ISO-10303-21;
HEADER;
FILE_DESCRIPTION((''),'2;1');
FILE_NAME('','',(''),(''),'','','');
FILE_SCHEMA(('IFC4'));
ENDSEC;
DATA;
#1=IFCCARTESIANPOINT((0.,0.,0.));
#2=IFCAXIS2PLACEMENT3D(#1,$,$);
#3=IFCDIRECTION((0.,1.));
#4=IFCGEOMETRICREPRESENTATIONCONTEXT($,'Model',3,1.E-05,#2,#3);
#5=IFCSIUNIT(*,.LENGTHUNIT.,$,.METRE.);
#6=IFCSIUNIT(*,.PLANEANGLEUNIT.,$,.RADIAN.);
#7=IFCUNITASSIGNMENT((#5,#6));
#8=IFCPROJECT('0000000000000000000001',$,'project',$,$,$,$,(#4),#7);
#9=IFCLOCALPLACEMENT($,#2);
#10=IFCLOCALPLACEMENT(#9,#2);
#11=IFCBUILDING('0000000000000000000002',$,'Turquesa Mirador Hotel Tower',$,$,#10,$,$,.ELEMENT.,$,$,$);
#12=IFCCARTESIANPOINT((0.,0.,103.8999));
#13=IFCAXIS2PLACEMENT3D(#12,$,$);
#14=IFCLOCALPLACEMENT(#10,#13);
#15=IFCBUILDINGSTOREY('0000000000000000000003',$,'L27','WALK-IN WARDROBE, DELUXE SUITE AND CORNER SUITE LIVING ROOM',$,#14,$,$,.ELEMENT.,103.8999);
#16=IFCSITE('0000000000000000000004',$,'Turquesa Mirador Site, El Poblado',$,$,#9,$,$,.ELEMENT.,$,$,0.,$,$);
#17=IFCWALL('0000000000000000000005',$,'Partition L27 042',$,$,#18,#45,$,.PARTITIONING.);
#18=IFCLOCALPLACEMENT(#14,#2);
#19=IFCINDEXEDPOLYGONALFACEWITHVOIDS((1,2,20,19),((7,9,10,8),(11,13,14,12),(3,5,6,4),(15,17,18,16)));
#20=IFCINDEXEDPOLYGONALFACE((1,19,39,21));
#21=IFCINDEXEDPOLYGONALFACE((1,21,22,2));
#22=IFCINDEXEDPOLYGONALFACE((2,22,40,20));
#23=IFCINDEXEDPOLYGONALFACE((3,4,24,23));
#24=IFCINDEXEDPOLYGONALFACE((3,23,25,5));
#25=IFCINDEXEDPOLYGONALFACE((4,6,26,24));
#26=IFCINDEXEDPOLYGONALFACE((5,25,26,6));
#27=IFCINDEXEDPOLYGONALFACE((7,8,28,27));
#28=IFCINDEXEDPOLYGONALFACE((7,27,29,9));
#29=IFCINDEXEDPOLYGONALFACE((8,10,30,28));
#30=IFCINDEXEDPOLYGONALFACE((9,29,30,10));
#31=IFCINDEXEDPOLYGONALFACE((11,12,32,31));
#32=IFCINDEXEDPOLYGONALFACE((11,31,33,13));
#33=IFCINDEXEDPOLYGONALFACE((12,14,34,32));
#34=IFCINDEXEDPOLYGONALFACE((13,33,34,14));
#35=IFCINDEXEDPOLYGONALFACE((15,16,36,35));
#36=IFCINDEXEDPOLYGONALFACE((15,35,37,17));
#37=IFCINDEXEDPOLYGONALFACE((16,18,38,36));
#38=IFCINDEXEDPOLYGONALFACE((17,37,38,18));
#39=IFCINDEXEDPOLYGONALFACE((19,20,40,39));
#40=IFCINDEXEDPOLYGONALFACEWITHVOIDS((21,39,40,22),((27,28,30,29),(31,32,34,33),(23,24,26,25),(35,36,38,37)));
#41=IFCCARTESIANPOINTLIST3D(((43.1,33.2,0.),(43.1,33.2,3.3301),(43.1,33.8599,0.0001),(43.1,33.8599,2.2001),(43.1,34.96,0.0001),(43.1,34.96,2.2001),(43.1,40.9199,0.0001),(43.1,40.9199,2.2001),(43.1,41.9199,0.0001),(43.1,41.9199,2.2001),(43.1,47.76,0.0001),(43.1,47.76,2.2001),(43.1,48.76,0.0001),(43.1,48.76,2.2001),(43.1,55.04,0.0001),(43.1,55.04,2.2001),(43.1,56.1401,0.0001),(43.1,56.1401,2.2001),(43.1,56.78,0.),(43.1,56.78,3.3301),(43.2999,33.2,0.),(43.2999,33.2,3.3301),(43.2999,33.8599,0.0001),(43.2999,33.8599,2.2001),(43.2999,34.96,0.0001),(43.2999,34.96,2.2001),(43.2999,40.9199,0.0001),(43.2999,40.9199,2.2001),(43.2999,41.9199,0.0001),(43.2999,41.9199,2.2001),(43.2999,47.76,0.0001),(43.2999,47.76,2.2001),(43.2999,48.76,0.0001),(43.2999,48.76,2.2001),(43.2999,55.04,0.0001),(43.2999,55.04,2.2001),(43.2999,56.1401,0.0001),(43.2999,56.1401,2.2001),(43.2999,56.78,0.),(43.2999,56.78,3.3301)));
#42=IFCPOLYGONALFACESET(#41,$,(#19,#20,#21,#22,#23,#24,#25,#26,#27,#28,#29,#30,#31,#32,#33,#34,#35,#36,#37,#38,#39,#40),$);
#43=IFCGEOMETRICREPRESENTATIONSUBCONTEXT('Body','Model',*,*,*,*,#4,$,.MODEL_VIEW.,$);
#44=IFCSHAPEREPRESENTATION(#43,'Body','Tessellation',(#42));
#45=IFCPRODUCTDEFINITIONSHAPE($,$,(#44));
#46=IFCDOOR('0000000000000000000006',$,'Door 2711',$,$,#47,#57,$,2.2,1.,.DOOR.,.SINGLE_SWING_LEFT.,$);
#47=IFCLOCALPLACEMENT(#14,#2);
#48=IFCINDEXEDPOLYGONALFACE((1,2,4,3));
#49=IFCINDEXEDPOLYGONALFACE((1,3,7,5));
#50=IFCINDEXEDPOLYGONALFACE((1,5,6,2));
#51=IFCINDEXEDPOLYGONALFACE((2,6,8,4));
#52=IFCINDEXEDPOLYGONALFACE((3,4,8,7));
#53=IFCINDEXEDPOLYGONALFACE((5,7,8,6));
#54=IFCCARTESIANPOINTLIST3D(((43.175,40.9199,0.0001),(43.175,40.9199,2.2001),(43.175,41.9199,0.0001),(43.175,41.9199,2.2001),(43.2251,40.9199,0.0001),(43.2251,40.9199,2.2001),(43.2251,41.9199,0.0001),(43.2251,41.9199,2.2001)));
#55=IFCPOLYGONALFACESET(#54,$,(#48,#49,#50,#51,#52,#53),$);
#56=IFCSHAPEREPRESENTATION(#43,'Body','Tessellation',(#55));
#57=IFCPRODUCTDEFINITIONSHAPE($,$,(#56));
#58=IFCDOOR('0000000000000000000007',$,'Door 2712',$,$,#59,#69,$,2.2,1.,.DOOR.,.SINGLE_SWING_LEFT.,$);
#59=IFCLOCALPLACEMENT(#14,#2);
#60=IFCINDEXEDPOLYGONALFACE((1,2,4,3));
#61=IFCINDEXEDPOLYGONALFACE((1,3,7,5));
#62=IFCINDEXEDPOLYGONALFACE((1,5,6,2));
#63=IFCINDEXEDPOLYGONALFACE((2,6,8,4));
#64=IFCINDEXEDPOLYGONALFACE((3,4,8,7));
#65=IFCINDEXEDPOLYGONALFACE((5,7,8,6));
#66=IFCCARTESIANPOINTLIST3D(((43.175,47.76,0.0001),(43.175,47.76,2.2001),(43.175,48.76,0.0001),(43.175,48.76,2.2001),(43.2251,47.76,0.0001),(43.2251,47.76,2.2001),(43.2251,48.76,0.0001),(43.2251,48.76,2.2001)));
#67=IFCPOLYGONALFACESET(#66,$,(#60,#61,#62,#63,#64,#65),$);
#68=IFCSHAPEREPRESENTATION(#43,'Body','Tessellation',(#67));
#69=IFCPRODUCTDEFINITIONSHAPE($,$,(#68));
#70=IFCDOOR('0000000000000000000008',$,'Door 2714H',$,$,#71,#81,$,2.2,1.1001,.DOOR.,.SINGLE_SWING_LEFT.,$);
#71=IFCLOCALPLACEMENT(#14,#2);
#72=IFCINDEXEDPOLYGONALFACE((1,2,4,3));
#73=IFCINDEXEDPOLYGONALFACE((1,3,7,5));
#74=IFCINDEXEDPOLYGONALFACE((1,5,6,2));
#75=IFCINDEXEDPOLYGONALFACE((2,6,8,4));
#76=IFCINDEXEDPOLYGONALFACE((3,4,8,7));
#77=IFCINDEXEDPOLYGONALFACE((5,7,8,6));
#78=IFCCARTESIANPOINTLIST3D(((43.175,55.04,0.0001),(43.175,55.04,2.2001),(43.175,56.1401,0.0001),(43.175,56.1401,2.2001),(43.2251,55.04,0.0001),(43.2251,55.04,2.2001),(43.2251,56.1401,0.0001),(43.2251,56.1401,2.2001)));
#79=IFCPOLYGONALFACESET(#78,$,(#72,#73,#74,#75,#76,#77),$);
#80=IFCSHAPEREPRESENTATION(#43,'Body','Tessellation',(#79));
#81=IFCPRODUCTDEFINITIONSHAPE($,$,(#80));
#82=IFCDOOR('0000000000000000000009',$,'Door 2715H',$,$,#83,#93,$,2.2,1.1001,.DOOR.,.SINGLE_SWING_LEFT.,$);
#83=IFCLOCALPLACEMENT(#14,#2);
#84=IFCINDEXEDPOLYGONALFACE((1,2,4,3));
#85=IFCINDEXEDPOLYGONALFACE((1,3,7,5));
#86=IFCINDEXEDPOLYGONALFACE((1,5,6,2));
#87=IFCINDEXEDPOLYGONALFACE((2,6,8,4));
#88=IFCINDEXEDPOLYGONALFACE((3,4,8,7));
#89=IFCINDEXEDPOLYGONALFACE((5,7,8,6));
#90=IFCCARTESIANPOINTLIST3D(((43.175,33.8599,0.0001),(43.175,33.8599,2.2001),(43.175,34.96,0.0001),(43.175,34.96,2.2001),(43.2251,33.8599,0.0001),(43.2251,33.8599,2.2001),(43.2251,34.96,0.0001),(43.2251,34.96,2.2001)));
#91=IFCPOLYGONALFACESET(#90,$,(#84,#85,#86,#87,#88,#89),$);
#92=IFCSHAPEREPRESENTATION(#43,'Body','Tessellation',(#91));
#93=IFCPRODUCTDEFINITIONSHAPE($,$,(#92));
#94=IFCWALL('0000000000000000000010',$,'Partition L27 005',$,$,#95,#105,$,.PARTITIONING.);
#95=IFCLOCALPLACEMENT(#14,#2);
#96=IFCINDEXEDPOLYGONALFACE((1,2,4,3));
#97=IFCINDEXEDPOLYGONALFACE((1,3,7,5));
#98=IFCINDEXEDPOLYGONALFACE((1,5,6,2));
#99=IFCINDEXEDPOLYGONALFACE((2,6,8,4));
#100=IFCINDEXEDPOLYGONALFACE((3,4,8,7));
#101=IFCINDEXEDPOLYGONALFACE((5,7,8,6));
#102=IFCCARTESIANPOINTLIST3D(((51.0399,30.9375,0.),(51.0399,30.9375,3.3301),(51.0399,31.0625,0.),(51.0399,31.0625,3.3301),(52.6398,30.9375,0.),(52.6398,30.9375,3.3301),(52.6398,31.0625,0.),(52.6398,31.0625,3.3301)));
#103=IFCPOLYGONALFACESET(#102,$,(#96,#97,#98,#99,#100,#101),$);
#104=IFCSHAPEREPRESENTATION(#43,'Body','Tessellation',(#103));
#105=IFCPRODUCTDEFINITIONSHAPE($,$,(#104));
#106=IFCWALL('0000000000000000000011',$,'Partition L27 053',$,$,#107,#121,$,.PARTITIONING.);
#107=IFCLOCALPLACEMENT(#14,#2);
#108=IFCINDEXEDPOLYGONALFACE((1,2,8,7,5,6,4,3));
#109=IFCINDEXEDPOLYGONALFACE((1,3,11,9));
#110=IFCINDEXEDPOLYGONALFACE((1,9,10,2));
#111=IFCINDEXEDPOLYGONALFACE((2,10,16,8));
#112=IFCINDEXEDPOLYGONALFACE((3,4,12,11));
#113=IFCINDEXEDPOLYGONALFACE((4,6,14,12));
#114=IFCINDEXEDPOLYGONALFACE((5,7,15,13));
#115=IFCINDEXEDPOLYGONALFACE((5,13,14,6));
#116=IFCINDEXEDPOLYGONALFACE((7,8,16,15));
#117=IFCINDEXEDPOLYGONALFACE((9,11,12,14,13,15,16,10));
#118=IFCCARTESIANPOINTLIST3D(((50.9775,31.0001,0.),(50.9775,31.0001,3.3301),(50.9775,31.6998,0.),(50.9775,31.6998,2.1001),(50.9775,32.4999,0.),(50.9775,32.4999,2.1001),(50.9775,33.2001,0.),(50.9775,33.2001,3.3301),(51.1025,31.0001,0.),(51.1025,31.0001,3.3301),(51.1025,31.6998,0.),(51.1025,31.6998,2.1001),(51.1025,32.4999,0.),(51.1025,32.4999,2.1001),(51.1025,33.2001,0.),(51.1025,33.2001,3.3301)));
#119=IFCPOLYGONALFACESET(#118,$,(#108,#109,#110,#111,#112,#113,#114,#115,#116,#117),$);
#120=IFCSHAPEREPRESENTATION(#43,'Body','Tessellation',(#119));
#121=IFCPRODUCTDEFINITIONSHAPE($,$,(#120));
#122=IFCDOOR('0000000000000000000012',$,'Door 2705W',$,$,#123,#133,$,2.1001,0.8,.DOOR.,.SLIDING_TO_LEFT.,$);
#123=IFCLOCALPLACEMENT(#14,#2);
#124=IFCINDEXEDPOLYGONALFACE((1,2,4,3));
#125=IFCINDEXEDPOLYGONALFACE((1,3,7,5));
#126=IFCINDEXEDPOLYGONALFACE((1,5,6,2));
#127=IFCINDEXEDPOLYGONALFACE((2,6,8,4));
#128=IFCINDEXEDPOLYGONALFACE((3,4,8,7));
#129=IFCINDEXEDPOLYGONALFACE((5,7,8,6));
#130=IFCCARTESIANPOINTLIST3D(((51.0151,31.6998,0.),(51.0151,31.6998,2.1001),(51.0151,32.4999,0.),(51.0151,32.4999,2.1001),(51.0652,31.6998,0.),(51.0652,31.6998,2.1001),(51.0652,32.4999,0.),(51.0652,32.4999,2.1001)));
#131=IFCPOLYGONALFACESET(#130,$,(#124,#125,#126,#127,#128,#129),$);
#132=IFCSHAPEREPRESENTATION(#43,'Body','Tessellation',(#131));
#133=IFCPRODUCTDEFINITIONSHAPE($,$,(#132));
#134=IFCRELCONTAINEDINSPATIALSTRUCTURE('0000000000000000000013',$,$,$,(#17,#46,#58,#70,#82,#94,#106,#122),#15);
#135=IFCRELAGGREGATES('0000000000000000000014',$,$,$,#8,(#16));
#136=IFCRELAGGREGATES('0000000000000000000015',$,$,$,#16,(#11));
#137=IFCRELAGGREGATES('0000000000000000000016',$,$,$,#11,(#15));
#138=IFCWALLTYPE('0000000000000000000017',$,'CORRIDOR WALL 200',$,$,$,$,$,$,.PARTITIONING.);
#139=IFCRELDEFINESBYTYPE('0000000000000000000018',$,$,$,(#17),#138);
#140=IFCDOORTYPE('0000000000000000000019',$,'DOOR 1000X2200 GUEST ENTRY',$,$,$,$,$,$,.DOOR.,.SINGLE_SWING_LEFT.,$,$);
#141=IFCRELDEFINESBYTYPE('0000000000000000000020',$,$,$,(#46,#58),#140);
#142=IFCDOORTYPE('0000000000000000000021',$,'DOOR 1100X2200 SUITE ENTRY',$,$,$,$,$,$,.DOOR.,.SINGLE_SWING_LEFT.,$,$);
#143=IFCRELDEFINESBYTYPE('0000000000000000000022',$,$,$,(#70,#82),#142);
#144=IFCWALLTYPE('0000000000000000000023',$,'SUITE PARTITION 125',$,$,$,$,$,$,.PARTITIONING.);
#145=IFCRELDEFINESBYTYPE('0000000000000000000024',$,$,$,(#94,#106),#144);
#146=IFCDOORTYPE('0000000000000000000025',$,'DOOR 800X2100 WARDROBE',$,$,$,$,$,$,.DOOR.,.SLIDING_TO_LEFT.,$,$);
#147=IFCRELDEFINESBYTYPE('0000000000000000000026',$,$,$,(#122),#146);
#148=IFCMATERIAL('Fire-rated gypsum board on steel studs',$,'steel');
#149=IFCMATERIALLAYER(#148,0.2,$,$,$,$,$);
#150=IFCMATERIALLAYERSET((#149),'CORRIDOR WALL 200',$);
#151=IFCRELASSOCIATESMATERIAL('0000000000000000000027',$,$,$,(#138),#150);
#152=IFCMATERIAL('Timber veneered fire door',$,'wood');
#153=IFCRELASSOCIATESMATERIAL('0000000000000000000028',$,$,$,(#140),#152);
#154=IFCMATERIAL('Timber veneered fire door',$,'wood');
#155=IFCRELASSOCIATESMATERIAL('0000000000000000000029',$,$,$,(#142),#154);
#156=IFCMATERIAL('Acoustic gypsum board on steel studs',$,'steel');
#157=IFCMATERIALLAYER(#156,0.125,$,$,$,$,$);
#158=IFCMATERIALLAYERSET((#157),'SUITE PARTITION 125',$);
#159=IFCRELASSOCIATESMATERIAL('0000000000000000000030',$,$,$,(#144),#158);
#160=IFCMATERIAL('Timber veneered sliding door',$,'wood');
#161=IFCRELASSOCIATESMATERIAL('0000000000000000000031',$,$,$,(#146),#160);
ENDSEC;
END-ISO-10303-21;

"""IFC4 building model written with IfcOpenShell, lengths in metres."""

from ifc_helpers import new_model, si_unit, direction, frame, frame_2d, origin, place, context, subcontext, project, spatial, rectangle, extrude, material, layer, layer_set, type_object, element, fill, save


model = new_model("IFC4")

# Units and contexts
model_context = context("Model", 3, precision=1e-05, world=origin(), true_north=direction((0.0, 1.0)))
body_context = subcontext(model_context, "Body", "Model", "MODEL_VIEW")
ifc_project = project(units=[si_unit("LENGTHUNIT", "METRE"), si_unit("PLANEANGLEUNIT", "RADIAN")], contexts=[model_context])

# Site, building, storey
site_placement = place(None, origin())
site = spatial("IfcSite", under=ifc_project, at=site_placement, Name="Turquesa Mirador Site, El Poblado", CompositionType="ELEMENT", RefElevation=0.0)
building_placement = place(site_placement, origin())
building = spatial("IfcBuilding", under=site, at=building_placement, Name="Turquesa Mirador Hotel Tower", CompositionType="ELEMENT")
storey_placement = place(building_placement, frame((0.0, 0.0, 103.8999)))
storey = spatial("IfcBuildingStorey", under=building, at=storey_placement, Name="L27", Description="WALK-IN WARDROBE, DELUXE SUITE AND CORNER SUITE LIVING ROOM", CompositionType="ELEMENT", Elevation=103.8999)

# Wall, openings, doors
ifc_material_1 = material(Name="Fire-rated gypsum board on steel studs", Category="steel")
ifc_layer_1 = layer(ifc_material_1, 0.2)
ifc_layer_set_1 = layer_set([ifc_layer_1], Name="CORRIDOR WALL 200")
wall_type_1 = type_object("IfcWallType", Name="CORRIDOR WALL 200", PredefinedType="PARTITIONING", material=ifc_layer_set_1)
ifc_material_2 = material(Name="Timber veneered fire door", Category="wood")
door_type_1 = type_object("IfcDoorType", Name="DOOR 1000X2200 GUEST ENTRY", OperationType="SINGLE_SWING_LEFT", PredefinedType="DOOR", material=ifc_material_2)
wall_1_placement = place(storey_placement, frame((43.2, 33.2, 0.0), z_axis=(0.0, 0.0, 1.0), x_axis=(0.0, 1.0, 0.0)))
wall_1 = element("IfcWall", 1, at=wall_1_placement, inside=storey, type_object=wall_type_1, Name="Partition L27 042", PredefinedType="PARTITIONING", context=body_context, shape_type="SweptSolid", body=[
    extrude(rectangle(XDim=23.5801, YDim=0.2, at=frame_2d((11.79, 0.0))), origin(), (0.0, 0.0, 1.0), 3.3301),
])
opening_1_placement = place(wall_1_placement, frame((7.72, 0.0, 0.0)))
opening_1 = element("IfcOpeningElement", 2, at=opening_1_placement, cuts=wall_1, PredefinedType="OPENING", context=body_context, shape_type="SweptSolid", body=[
    extrude(rectangle(XDim=1.0, YDim=2.2, at=frame_2d((0.5, 1.1001))), frame((0.0, 0.1099, 0.0), z_axis=(0.0, -1.0, 0.0), x_axis=(1.0, 0.0, 0.0)), (0.0, 0.0, 1.0), 0.22),
])
opening_2_placement = place(wall_1_placement, frame((14.5601, 0.0, 0.0)))
opening_2 = element("IfcOpeningElement", 3, at=opening_2_placement, cuts=wall_1, PredefinedType="OPENING", context=body_context, shape_type="SweptSolid", body=[
    extrude(rectangle(XDim=1.0, YDim=2.2, at=frame_2d((0.5, 1.1001))), frame((0.0, 0.1099, 0.0), z_axis=(0.0, -1.0, 0.0), x_axis=(1.0, 0.0, 0.0)), (0.0, 0.0, 1.0), 0.22),
])
opening_3_placement = place(wall_1_placement, frame((21.8401, 0.0, 0.0)))
opening_3 = element("IfcOpeningElement", 4, at=opening_3_placement, cuts=wall_1, PredefinedType="OPENING", context=body_context, shape_type="SweptSolid", body=[
    extrude(rectangle(XDim=1.1001, YDim=2.2, at=frame_2d((0.55, 1.1001))), frame((0.0, 0.1099, 0.0), z_axis=(0.0, -1.0, 0.0), x_axis=(1.0, 0.0, 0.0)), (0.0, 0.0, 1.0), 0.22),
])
opening_4_placement = place(wall_1_placement, frame((0.6599, 0.0, 0.0)))
opening_4 = element("IfcOpeningElement", 5, at=opening_4_placement, cuts=wall_1, PredefinedType="OPENING", context=body_context, shape_type="SweptSolid", body=[
    extrude(rectangle(XDim=1.1001, YDim=2.2, at=frame_2d((0.55, 1.1001))), frame((0.0, 0.1099, 0.0), z_axis=(0.0, -1.0, 0.0), x_axis=(1.0, 0.0, 0.0)), (0.0, 0.0, 1.0), 0.22),
])
door_1_placement = place(opening_1_placement, origin())
door_1 = element("IfcDoor", 6, at=door_1_placement, inside=storey, type_object=door_type_1, Name="Door 2711", OperationType="SINGLE_SWING_LEFT", OverallHeight=2.2, OverallWidth=1.0, PredefinedType="DOOR", context=body_context, shape_type="SweptSolid", body=[
    extrude(rectangle(XDim=1.0, YDim=2.2, at=frame_2d((0.5, 1.1001))), frame((0.0, 0.0249, 0.0), z_axis=(0.0, -1.0, 0.0), x_axis=(1.0, 0.0, 0.0)), (0.0, 0.0, 1.0), 0.05),
])
fill(opening_1, door_1)
door_2_placement = place(opening_2_placement, origin())
door_2 = element("IfcDoor", 7, at=door_2_placement, inside=storey, type_object=door_type_1, Name="Door 2712", OperationType="SINGLE_SWING_LEFT", OverallHeight=2.2, OverallWidth=1.0, PredefinedType="DOOR", context=body_context, shape_type="SweptSolid", body=[
    extrude(rectangle(XDim=1.0, YDim=2.2, at=frame_2d((0.5, 1.1001))), frame((0.0, 0.0249, 0.0), z_axis=(0.0, -1.0, 0.0), x_axis=(1.0, 0.0, 0.0)), (0.0, 0.0, 1.0), 0.05),
])
fill(opening_2, door_2)
ifc_material_3 = material(Name="Timber veneered fire door", Category="wood")
door_type_2 = type_object("IfcDoorType", Name="DOOR 1100X2200 SUITE ENTRY", OperationType="SINGLE_SWING_LEFT", PredefinedType="DOOR", material=ifc_material_3)
door_3_placement = place(opening_3_placement, origin())
door_3 = element("IfcDoor", 8, at=door_3_placement, inside=storey, type_object=door_type_2, Name="Door 2714H", OperationType="SINGLE_SWING_LEFT", OverallHeight=2.2, OverallWidth=1.1001, PredefinedType="DOOR", context=body_context, shape_type="SweptSolid", body=[
    extrude(rectangle(XDim=1.1001, YDim=2.2, at=frame_2d((0.55, 1.1001))), frame((0.0, 0.0249, 0.0), z_axis=(0.0, -1.0, 0.0), x_axis=(1.0, 0.0, 0.0)), (0.0, 0.0, 1.0), 0.05),
])
fill(opening_3, door_3)
door_4_placement = place(opening_4_placement, origin())
door_4 = element("IfcDoor", 9, at=door_4_placement, inside=storey, type_object=door_type_2, Name="Door 2715H", OperationType="SINGLE_SWING_LEFT", OverallHeight=2.2, OverallWidth=1.1001, PredefinedType="DOOR", context=body_context, shape_type="SweptSolid", body=[
    extrude(rectangle(XDim=1.1001, YDim=2.2, at=frame_2d((0.55, 1.1001))), frame((0.0, 0.0249, 0.0), z_axis=(0.0, -1.0, 0.0), x_axis=(1.0, 0.0, 0.0)), (0.0, 0.0, 1.0), 0.05),
])
fill(opening_4, door_4)

# Wall
ifc_material_4 = material(Name="Acoustic gypsum board on steel studs", Category="steel")
ifc_layer_2 = layer(ifc_material_4, 0.125)
ifc_layer_set_2 = layer_set([ifc_layer_2], Name="SUITE PARTITION 125")
wall_type_2 = type_object("IfcWallType", Name="SUITE PARTITION 125", PredefinedType="PARTITIONING", material=ifc_layer_set_2)
wall_2_placement = place(storey_placement, frame((51.04, 31.0, 0.0), z_axis=(0.0, 0.0, 1.0), x_axis=(1.0, 0.0, 0.0)))
element("IfcWall", 10, at=wall_2_placement, inside=storey, type_object=wall_type_2, Name="Partition L27 005", PredefinedType="PARTITIONING", context=body_context, shape_type="SweptSolid", body=[
    extrude(rectangle(XDim=1.5999, YDim=0.125, at=frame_2d((0.7998, 0.0))), origin(), (0.0, 0.0, 1.0), 3.3301),
])

# Wall, opening, door
wall_3_placement = place(storey_placement, frame((51.04, 31.0, 0.0), z_axis=(0.0, 0.0, 1.0), x_axis=(0.0, 1.0, 0.0)))
wall_3 = element("IfcWall", 11, at=wall_3_placement, inside=storey, type_object=wall_type_2, Name="Partition L27 053", PredefinedType="PARTITIONING", context=body_context, shape_type="SweptSolid", body=[
    extrude(rectangle(XDim=2.2, YDim=0.125, at=frame_2d((1.1001, 0.0))), origin(), (0.0, 0.0, 1.0), 3.3301),
])
opening_5_placement = place(wall_3_placement, frame((0.7, 0.0, 0.0)))
opening_5 = element("IfcOpeningElement", 12, at=opening_5_placement, cuts=wall_3, PredefinedType="OPENING", context=body_context, shape_type="SweptSolid", body=[
    extrude(rectangle(XDim=0.8, YDim=2.1001, at=frame_2d((0.3999, 1.05))), frame((0.0, 0.0725, 0.0), z_axis=(0.0, -1.0, 0.0), x_axis=(1.0, 0.0, 0.0)), (0.0, 0.0, 1.0), 0.145),
])
ifc_material_5 = material(Name="Timber veneered sliding door", Category="wood")
door_type_3 = type_object("IfcDoorType", Name="DOOR 800X2100 WARDROBE", OperationType="SLIDING_TO_LEFT", PredefinedType="DOOR", material=ifc_material_5)
door_5_placement = place(opening_5_placement, origin())
door_5 = element("IfcDoor", 13, at=door_5_placement, inside=storey, type_object=door_type_3, Name="Door 2705W", OperationType="SLIDING_TO_LEFT", OverallHeight=2.1001, OverallWidth=0.8, PredefinedType="DOOR", context=body_context, shape_type="SweptSolid", body=[
    extrude(rectangle(XDim=0.8, YDim=2.1001, at=frame_2d((0.3999, 1.05))), frame((0.0, 0.0249, 0.0), z_axis=(0.0, -1.0, 0.0), x_axis=(1.0, 0.0, 0.0)), (0.0, 0.0, 1.0), 0.05),
])
fill(opening_5, door_5)

save(model, "model.ifc")
